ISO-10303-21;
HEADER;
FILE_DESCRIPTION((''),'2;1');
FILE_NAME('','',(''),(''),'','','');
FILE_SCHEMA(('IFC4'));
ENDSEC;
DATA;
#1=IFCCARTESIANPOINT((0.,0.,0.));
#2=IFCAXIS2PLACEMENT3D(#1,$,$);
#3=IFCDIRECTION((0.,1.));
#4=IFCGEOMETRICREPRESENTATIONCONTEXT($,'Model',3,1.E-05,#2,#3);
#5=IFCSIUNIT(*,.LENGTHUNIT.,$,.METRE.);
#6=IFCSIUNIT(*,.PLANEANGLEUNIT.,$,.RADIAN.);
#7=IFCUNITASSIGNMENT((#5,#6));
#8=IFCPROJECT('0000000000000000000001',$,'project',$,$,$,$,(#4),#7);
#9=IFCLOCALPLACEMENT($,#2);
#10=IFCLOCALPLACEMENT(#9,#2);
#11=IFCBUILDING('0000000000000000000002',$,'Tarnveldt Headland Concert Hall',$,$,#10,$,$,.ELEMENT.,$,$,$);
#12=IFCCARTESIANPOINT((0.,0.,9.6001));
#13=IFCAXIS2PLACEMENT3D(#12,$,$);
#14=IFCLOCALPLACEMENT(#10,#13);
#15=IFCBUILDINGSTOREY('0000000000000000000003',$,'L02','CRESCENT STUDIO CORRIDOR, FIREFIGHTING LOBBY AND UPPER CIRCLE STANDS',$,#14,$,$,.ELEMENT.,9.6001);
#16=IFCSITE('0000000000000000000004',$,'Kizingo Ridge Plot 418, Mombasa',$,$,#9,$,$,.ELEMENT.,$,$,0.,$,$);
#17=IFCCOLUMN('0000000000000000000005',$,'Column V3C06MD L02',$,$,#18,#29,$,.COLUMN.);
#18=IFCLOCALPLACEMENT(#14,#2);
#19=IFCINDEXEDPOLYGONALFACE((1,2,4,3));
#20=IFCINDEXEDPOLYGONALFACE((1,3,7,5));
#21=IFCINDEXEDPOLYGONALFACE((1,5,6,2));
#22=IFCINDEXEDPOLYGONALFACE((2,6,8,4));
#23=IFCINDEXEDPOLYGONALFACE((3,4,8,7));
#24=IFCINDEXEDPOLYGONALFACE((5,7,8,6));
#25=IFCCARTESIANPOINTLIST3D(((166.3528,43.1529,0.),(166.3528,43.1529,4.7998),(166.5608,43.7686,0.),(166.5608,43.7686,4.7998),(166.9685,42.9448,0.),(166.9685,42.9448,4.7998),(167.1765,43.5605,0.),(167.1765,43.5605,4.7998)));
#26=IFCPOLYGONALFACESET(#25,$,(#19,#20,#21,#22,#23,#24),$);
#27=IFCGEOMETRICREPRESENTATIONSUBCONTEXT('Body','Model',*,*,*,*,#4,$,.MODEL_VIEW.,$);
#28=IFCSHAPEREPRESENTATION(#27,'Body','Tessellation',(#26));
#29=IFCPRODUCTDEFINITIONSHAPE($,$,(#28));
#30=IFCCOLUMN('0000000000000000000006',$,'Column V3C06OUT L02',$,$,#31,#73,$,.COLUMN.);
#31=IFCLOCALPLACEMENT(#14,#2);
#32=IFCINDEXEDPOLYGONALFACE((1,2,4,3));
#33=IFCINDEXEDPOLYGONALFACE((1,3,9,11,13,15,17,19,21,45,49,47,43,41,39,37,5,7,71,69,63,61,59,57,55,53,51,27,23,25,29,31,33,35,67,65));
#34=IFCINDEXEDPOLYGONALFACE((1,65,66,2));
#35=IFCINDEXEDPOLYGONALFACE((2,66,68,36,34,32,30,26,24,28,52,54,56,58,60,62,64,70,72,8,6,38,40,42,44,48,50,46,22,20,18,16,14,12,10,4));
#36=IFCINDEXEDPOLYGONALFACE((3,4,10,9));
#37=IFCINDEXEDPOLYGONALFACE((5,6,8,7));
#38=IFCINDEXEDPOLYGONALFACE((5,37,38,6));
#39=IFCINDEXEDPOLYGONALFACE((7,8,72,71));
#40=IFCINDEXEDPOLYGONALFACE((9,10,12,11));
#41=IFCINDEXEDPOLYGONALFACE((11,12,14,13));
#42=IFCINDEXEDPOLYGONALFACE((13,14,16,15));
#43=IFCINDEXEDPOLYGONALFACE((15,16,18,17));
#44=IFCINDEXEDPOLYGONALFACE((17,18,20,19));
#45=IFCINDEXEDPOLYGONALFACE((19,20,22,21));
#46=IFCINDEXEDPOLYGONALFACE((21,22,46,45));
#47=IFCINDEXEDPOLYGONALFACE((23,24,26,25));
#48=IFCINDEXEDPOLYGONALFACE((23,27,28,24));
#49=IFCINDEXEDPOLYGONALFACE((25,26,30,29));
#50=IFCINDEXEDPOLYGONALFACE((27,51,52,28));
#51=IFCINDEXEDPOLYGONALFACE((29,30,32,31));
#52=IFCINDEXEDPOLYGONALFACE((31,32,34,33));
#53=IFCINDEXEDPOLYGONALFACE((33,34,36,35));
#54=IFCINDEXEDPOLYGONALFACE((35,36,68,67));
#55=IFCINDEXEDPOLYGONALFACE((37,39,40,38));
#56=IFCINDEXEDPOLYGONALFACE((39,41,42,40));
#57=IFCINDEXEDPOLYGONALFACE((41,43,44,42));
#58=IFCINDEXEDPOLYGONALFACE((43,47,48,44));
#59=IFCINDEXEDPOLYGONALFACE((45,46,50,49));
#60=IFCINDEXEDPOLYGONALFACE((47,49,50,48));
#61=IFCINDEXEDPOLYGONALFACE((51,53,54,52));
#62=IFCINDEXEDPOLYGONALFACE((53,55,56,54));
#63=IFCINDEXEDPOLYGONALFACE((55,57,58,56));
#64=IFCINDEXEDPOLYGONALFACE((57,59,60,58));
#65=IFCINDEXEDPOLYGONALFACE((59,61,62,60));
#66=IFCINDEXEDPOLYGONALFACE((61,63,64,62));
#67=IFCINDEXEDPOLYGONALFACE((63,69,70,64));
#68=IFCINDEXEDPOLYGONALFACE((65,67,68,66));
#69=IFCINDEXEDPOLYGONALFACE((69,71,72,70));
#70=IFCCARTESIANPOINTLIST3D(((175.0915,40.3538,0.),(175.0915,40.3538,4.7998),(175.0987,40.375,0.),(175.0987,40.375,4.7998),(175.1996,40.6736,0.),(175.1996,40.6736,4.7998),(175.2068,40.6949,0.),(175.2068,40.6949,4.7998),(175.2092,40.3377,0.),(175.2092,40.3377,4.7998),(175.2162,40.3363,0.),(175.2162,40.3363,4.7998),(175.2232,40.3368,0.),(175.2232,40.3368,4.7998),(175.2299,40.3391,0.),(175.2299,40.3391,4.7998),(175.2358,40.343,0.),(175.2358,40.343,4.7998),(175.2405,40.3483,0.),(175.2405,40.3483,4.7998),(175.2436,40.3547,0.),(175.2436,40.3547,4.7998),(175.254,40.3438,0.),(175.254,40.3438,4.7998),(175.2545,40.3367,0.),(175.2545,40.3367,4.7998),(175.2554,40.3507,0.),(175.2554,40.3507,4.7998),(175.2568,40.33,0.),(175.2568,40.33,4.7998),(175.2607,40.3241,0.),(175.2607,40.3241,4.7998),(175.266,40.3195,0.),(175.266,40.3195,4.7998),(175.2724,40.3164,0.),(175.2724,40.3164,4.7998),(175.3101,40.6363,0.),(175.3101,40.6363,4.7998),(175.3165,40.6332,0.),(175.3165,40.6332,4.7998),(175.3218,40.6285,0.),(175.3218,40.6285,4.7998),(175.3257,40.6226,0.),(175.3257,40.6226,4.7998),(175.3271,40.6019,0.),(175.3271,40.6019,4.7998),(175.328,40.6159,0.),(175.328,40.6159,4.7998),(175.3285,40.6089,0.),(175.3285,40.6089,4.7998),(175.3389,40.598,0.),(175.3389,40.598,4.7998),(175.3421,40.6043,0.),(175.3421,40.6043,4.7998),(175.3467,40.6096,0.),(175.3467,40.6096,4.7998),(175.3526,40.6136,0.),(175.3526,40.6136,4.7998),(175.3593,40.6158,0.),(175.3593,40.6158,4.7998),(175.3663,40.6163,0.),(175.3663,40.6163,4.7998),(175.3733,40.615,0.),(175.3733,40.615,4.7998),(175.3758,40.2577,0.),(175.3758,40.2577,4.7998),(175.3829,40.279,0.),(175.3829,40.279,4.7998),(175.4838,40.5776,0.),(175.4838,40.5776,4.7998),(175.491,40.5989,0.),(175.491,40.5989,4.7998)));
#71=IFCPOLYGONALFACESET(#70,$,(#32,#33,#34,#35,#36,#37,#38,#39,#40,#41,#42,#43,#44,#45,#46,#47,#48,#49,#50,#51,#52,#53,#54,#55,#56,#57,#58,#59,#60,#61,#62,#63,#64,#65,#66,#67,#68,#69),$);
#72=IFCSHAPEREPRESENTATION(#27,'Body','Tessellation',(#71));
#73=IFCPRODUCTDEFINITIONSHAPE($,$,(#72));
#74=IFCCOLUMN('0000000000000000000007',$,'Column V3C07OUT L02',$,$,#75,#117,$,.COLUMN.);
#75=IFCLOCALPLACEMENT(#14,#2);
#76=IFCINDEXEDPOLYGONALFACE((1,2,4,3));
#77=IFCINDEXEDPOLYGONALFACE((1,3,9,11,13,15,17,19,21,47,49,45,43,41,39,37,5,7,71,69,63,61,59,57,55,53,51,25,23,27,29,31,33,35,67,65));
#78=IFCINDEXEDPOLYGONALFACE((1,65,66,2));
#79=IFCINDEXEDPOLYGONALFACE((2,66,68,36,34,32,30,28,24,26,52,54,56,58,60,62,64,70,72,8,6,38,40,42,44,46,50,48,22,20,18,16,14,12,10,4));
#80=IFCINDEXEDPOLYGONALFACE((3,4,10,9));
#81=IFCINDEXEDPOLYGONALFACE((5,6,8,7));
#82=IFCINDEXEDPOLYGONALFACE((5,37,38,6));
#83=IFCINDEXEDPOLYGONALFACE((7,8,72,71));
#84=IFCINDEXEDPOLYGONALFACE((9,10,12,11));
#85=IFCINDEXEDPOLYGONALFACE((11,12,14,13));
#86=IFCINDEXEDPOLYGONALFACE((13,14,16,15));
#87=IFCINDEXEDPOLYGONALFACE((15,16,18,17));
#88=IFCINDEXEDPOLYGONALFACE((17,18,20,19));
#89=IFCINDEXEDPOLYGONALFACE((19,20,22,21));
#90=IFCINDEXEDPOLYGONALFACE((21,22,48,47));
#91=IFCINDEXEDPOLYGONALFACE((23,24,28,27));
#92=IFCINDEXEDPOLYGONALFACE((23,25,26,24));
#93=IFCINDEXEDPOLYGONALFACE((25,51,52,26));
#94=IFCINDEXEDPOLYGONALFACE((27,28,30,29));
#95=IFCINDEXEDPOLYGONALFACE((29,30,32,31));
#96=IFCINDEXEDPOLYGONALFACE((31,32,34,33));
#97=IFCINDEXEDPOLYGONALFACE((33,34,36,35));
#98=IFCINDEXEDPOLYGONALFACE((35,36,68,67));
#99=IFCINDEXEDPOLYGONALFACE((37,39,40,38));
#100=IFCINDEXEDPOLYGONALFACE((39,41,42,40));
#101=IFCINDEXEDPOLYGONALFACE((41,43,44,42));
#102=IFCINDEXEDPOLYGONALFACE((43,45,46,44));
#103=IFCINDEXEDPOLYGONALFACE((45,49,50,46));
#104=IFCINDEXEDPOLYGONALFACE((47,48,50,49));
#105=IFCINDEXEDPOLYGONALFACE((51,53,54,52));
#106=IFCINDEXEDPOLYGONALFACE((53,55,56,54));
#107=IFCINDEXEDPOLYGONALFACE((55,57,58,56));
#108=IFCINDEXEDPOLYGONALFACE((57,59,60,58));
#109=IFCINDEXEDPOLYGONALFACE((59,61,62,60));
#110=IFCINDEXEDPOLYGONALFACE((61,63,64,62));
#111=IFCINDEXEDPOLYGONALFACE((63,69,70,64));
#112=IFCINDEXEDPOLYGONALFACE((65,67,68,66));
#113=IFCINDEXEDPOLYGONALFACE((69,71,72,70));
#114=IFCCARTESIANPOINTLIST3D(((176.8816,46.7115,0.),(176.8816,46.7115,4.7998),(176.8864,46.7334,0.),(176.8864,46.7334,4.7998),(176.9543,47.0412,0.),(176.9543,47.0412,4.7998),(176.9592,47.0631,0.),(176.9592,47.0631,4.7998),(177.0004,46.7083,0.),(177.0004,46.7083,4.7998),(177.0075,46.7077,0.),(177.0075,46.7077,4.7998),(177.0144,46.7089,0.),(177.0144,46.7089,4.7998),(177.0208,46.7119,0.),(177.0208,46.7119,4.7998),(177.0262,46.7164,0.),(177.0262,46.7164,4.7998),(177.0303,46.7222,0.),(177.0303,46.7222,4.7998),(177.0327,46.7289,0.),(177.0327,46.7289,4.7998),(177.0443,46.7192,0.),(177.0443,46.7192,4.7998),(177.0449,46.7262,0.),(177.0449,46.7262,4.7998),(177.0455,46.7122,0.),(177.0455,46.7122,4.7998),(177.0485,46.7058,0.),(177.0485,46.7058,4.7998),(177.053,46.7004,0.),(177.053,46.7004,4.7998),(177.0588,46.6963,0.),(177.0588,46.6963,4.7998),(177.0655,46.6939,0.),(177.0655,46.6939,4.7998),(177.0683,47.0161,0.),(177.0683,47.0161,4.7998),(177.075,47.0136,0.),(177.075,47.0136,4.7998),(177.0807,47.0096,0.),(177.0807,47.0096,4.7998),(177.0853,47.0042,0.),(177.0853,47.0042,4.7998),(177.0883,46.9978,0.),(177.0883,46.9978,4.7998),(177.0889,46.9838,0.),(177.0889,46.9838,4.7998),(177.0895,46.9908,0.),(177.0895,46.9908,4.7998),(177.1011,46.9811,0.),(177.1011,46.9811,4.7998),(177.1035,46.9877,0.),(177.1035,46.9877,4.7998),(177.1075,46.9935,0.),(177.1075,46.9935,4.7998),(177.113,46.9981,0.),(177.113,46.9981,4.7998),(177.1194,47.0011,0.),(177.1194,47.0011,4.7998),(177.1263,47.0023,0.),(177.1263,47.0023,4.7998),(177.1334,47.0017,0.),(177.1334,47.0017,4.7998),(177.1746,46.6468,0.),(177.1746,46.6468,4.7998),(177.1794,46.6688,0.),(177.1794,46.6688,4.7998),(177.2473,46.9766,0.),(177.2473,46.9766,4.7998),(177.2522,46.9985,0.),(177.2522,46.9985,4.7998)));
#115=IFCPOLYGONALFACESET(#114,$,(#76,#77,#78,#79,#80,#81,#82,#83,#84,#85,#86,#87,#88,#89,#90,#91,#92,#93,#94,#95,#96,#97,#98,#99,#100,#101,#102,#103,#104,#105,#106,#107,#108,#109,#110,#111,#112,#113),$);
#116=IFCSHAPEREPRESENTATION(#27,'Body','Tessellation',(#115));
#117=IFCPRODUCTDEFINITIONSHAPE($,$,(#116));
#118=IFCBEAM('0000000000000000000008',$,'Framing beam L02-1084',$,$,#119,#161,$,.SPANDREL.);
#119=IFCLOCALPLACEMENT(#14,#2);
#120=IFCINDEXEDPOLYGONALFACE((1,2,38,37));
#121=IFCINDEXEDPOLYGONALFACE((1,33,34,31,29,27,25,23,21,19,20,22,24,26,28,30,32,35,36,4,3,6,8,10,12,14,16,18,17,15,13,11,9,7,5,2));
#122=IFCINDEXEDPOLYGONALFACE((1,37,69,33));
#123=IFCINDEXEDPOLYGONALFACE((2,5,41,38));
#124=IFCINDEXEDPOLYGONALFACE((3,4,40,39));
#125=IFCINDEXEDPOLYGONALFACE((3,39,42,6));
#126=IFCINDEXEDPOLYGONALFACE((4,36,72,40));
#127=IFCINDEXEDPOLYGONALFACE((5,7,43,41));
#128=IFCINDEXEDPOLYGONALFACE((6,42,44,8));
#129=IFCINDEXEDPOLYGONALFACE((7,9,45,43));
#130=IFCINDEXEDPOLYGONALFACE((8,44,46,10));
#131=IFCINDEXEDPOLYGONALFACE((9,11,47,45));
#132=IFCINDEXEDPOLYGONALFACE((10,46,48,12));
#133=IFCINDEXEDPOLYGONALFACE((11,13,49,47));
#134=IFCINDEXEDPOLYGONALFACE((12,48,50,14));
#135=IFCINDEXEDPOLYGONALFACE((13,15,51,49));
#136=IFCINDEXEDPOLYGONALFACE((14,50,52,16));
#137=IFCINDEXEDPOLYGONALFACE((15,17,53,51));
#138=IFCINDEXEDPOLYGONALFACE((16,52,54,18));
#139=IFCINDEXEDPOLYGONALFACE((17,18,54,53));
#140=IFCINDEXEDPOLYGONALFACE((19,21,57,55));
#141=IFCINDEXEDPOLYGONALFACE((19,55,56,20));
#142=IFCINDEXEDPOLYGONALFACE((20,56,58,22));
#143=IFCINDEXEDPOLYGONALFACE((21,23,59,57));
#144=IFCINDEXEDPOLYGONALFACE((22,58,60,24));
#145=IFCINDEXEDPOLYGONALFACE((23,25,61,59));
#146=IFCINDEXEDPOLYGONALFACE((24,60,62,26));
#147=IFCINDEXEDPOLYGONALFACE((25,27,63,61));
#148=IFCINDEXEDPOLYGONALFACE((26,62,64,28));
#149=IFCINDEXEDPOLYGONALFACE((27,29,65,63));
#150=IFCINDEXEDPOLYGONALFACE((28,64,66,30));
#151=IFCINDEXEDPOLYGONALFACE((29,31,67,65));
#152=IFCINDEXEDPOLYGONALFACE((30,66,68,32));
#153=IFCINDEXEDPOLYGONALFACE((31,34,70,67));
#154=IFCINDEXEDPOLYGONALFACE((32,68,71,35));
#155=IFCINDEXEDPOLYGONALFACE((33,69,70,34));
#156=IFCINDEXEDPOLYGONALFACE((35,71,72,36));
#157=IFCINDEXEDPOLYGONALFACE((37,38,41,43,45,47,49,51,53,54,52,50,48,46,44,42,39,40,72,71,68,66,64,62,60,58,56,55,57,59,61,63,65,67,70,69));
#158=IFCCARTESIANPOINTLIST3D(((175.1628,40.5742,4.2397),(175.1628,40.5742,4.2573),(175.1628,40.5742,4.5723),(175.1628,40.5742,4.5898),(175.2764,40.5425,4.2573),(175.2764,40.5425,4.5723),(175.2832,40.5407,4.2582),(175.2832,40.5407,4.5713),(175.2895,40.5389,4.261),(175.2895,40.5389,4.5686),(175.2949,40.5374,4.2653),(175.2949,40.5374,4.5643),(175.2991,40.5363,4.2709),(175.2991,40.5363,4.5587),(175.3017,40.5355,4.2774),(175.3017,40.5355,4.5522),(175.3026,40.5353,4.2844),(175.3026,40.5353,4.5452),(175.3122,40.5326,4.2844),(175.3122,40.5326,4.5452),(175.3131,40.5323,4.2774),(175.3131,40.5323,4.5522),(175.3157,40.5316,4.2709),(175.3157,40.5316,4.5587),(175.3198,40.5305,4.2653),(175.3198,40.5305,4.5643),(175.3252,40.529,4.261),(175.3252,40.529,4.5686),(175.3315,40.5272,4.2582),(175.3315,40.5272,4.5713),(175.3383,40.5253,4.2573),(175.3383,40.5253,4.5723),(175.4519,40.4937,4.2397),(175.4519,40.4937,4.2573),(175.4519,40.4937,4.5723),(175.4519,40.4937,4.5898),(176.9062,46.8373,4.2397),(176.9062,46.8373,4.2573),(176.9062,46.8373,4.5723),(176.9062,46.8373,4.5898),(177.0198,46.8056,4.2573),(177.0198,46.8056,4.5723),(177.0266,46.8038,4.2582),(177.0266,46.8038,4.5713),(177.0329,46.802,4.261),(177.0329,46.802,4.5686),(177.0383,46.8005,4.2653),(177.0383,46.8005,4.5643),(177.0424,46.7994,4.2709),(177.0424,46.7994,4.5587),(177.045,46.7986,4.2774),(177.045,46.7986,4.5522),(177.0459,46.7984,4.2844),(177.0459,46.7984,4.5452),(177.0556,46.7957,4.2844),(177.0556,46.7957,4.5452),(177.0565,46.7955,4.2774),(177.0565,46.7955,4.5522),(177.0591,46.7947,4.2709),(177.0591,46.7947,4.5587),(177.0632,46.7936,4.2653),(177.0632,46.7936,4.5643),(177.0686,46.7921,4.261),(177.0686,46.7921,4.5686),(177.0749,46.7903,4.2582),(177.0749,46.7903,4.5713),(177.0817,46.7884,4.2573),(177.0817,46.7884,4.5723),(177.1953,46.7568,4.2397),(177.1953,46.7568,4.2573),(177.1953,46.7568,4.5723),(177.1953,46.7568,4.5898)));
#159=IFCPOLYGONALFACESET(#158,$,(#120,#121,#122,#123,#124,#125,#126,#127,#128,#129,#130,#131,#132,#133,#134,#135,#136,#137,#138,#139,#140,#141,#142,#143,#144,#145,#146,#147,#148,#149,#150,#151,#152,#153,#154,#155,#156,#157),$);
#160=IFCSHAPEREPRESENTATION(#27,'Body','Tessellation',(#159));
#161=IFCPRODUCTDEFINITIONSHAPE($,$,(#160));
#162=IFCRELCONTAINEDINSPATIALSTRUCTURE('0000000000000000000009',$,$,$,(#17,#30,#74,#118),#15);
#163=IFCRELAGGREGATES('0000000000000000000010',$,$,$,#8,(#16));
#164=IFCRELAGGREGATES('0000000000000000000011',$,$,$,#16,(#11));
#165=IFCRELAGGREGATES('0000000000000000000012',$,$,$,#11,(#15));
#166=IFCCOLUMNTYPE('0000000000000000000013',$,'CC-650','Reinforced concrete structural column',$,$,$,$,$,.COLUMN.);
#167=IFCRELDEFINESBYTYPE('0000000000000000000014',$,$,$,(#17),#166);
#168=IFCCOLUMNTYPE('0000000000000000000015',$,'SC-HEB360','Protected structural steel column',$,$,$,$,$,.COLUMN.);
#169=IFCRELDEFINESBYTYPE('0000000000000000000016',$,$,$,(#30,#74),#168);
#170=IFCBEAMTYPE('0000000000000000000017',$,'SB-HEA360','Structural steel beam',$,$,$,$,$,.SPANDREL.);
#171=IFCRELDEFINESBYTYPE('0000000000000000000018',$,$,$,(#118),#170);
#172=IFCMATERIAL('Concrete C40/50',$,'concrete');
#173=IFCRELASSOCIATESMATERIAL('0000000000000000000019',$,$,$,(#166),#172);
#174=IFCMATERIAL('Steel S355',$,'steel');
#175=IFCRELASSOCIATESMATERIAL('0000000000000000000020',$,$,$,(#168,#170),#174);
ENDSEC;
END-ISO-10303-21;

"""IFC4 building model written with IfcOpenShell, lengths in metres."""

from ifc_helpers import new_model, si_unit, direction, frame, origin, origin_2d, place, context, subcontext, project, spatial, rectangle, i_section, extrude, material, material_profile, profile_set, type_object, element, save


model = new_model("IFC4")

# Units and contexts
model_context = context("Model", 3, precision=1e-05, world=origin(), true_north=direction((0.0, 1.0)))
body_context = subcontext(model_context, "Body", "Model", "MODEL_VIEW")
ifc_project = project(units=[si_unit("LENGTHUNIT", "METRE"), si_unit("PLANEANGLEUNIT", "RADIAN")], contexts=[model_context])

# Site, building, storey
site_placement = place(None, origin())
site = spatial("IfcSite", under=ifc_project, at=site_placement, Name="Kizingo Ridge Plot 418, Mombasa", CompositionType="ELEMENT", RefElevation=0.0)
building_placement = place(site_placement, origin())
building = spatial("IfcBuilding", under=site, at=building_placement, Name="Tarnveldt Headland Concert Hall", CompositionType="ELEMENT")
storey_placement = place(building_placement, frame((0.0, 0.0, 9.6001)))
storey = spatial("IfcBuildingStorey", under=building, at=storey_placement, Name="L02", Description="CRESCENT STUDIO CORRIDOR, FIREFIGHTING LOBBY AND UPPER CIRCLE STANDS", CompositionType="ELEMENT", Elevation=9.6001)

# Columns
ifc_material_1 = material(Name="Concrete C40/50", Category="concrete")
ifc_material_profile_1 = material_profile(ifc_material_1, rectangle(XDim=0.6499, YDim=0.6499, at=origin_2d()), Name="RC 650x650", Category="concrete")
ifc_profile_set_1 = profile_set([ifc_material_profile_1], Name="Concrete C40/50")
column_type_1 = type_object("IfcColumnType", Name="CC-650", Description="Reinforced concrete structural column", PredefinedType="COLUMN", material=ifc_profile_set_1)
column_placement = place(storey_placement, frame((166.7646, 43.3567, 0.0), z_axis=(0.0, 0.0, 1.0), x_axis=(0.947378, -0.320117, 0.0)))
element("IfcColumn", 1, at=column_placement, inside=storey, type_object=column_type_1, Name="Column V3C06MD L02", PredefinedType="COLUMN", context=body_context, shape_type="SweptSolid", body=[
    extrude(rectangle(XDim=0.6499, YDim=0.6499, at=origin_2d()), origin(), (0.0, 0.0, 1.0), 4.7998),
])
ifc_material_2 = material(Name="Steel S355", Category="steel")
ifc_material_profile_2 = material_profile(ifc_material_2, i_section(OverallWidth=0.3, OverallDepth=0.3601, WebThickness=0.0125, FlangeThickness=0.0225, FilletRadius=0.0271, at=origin_2d()), Name="HEB360", Category="steel")
ifc_profile_set_2 = profile_set([ifc_material_profile_2], Name="Steel S355")
column_type_2 = type_object("IfcColumnType", Name="SC-HEB360", Description="Protected structural steel column", PredefinedType="COLUMN", material=ifc_profile_set_2)
for number, where, z_axis, x_axis, name in (
    (2, (175.2913, 40.4763, 0.0), (0.0, 0.0, 1.0), (0.947378, -0.320117, 0.0), "Column V3C06OUT L02"),
    (3, (177.0669, 46.855, 0.0), (0.0, 0.0, 1.0), (0.976522, -0.215417, 0.0), "Column V3C07OUT L02"),
):
    element("IfcColumn", number, at=place(storey_placement, frame(where, z_axis=z_axis, x_axis=x_axis)), inside=storey, type_object=column_type_2, Name=name, PredefinedType="COLUMN", context=body_context, shape_type="SweptSolid", body=[
        extrude(i_section(OverallWidth=0.3, OverallDepth=0.3601, WebThickness=0.0125, FlangeThickness=0.0225, FilletRadius=0.0271, at=origin_2d()), origin(), (0.0, 0.0, 1.0), 4.7998),
    ])

# Beam
ifc_material_profile_3 = material_profile(ifc_material_2, i_section(OverallWidth=0.3, OverallDepth=0.3501, WebThickness=0.01, FlangeThickness=0.0176, FilletRadius=0.0271, at=origin_2d()), Name="HEA360", Category="steel")
ifc_profile_set_3 = profile_set([ifc_material_profile_3], Name="Steel S355")
beam_type_1 = type_object("IfcBeamType", Name="SB-HEA360", Description="Structural steel beam", PredefinedType="SPANDREL", material=ifc_profile_set_3)
beam_1_placement = place(storey_placement, frame((175.3074, 40.5339, 4.4148), z_axis=(0.268163, 0.963374, 0.0), x_axis=(-0.963374, 0.268163, 0.0)))
element("IfcBeam", 4, at=beam_1_placement, inside=storey, type_object=beam_type_1, Name="Framing beam L02-1084", PredefinedType="SPANDREL", context=body_context, shape_type="SweptSolid", body=[
    extrude(i_section(OverallWidth=0.3, OverallDepth=0.3501, WebThickness=0.01, FlangeThickness=0.0176, FilletRadius=0.0271, at=origin_2d()), origin(), (0.0, 0.0, 1.0), 6.5012),
])

save(model, "model.ifc")
